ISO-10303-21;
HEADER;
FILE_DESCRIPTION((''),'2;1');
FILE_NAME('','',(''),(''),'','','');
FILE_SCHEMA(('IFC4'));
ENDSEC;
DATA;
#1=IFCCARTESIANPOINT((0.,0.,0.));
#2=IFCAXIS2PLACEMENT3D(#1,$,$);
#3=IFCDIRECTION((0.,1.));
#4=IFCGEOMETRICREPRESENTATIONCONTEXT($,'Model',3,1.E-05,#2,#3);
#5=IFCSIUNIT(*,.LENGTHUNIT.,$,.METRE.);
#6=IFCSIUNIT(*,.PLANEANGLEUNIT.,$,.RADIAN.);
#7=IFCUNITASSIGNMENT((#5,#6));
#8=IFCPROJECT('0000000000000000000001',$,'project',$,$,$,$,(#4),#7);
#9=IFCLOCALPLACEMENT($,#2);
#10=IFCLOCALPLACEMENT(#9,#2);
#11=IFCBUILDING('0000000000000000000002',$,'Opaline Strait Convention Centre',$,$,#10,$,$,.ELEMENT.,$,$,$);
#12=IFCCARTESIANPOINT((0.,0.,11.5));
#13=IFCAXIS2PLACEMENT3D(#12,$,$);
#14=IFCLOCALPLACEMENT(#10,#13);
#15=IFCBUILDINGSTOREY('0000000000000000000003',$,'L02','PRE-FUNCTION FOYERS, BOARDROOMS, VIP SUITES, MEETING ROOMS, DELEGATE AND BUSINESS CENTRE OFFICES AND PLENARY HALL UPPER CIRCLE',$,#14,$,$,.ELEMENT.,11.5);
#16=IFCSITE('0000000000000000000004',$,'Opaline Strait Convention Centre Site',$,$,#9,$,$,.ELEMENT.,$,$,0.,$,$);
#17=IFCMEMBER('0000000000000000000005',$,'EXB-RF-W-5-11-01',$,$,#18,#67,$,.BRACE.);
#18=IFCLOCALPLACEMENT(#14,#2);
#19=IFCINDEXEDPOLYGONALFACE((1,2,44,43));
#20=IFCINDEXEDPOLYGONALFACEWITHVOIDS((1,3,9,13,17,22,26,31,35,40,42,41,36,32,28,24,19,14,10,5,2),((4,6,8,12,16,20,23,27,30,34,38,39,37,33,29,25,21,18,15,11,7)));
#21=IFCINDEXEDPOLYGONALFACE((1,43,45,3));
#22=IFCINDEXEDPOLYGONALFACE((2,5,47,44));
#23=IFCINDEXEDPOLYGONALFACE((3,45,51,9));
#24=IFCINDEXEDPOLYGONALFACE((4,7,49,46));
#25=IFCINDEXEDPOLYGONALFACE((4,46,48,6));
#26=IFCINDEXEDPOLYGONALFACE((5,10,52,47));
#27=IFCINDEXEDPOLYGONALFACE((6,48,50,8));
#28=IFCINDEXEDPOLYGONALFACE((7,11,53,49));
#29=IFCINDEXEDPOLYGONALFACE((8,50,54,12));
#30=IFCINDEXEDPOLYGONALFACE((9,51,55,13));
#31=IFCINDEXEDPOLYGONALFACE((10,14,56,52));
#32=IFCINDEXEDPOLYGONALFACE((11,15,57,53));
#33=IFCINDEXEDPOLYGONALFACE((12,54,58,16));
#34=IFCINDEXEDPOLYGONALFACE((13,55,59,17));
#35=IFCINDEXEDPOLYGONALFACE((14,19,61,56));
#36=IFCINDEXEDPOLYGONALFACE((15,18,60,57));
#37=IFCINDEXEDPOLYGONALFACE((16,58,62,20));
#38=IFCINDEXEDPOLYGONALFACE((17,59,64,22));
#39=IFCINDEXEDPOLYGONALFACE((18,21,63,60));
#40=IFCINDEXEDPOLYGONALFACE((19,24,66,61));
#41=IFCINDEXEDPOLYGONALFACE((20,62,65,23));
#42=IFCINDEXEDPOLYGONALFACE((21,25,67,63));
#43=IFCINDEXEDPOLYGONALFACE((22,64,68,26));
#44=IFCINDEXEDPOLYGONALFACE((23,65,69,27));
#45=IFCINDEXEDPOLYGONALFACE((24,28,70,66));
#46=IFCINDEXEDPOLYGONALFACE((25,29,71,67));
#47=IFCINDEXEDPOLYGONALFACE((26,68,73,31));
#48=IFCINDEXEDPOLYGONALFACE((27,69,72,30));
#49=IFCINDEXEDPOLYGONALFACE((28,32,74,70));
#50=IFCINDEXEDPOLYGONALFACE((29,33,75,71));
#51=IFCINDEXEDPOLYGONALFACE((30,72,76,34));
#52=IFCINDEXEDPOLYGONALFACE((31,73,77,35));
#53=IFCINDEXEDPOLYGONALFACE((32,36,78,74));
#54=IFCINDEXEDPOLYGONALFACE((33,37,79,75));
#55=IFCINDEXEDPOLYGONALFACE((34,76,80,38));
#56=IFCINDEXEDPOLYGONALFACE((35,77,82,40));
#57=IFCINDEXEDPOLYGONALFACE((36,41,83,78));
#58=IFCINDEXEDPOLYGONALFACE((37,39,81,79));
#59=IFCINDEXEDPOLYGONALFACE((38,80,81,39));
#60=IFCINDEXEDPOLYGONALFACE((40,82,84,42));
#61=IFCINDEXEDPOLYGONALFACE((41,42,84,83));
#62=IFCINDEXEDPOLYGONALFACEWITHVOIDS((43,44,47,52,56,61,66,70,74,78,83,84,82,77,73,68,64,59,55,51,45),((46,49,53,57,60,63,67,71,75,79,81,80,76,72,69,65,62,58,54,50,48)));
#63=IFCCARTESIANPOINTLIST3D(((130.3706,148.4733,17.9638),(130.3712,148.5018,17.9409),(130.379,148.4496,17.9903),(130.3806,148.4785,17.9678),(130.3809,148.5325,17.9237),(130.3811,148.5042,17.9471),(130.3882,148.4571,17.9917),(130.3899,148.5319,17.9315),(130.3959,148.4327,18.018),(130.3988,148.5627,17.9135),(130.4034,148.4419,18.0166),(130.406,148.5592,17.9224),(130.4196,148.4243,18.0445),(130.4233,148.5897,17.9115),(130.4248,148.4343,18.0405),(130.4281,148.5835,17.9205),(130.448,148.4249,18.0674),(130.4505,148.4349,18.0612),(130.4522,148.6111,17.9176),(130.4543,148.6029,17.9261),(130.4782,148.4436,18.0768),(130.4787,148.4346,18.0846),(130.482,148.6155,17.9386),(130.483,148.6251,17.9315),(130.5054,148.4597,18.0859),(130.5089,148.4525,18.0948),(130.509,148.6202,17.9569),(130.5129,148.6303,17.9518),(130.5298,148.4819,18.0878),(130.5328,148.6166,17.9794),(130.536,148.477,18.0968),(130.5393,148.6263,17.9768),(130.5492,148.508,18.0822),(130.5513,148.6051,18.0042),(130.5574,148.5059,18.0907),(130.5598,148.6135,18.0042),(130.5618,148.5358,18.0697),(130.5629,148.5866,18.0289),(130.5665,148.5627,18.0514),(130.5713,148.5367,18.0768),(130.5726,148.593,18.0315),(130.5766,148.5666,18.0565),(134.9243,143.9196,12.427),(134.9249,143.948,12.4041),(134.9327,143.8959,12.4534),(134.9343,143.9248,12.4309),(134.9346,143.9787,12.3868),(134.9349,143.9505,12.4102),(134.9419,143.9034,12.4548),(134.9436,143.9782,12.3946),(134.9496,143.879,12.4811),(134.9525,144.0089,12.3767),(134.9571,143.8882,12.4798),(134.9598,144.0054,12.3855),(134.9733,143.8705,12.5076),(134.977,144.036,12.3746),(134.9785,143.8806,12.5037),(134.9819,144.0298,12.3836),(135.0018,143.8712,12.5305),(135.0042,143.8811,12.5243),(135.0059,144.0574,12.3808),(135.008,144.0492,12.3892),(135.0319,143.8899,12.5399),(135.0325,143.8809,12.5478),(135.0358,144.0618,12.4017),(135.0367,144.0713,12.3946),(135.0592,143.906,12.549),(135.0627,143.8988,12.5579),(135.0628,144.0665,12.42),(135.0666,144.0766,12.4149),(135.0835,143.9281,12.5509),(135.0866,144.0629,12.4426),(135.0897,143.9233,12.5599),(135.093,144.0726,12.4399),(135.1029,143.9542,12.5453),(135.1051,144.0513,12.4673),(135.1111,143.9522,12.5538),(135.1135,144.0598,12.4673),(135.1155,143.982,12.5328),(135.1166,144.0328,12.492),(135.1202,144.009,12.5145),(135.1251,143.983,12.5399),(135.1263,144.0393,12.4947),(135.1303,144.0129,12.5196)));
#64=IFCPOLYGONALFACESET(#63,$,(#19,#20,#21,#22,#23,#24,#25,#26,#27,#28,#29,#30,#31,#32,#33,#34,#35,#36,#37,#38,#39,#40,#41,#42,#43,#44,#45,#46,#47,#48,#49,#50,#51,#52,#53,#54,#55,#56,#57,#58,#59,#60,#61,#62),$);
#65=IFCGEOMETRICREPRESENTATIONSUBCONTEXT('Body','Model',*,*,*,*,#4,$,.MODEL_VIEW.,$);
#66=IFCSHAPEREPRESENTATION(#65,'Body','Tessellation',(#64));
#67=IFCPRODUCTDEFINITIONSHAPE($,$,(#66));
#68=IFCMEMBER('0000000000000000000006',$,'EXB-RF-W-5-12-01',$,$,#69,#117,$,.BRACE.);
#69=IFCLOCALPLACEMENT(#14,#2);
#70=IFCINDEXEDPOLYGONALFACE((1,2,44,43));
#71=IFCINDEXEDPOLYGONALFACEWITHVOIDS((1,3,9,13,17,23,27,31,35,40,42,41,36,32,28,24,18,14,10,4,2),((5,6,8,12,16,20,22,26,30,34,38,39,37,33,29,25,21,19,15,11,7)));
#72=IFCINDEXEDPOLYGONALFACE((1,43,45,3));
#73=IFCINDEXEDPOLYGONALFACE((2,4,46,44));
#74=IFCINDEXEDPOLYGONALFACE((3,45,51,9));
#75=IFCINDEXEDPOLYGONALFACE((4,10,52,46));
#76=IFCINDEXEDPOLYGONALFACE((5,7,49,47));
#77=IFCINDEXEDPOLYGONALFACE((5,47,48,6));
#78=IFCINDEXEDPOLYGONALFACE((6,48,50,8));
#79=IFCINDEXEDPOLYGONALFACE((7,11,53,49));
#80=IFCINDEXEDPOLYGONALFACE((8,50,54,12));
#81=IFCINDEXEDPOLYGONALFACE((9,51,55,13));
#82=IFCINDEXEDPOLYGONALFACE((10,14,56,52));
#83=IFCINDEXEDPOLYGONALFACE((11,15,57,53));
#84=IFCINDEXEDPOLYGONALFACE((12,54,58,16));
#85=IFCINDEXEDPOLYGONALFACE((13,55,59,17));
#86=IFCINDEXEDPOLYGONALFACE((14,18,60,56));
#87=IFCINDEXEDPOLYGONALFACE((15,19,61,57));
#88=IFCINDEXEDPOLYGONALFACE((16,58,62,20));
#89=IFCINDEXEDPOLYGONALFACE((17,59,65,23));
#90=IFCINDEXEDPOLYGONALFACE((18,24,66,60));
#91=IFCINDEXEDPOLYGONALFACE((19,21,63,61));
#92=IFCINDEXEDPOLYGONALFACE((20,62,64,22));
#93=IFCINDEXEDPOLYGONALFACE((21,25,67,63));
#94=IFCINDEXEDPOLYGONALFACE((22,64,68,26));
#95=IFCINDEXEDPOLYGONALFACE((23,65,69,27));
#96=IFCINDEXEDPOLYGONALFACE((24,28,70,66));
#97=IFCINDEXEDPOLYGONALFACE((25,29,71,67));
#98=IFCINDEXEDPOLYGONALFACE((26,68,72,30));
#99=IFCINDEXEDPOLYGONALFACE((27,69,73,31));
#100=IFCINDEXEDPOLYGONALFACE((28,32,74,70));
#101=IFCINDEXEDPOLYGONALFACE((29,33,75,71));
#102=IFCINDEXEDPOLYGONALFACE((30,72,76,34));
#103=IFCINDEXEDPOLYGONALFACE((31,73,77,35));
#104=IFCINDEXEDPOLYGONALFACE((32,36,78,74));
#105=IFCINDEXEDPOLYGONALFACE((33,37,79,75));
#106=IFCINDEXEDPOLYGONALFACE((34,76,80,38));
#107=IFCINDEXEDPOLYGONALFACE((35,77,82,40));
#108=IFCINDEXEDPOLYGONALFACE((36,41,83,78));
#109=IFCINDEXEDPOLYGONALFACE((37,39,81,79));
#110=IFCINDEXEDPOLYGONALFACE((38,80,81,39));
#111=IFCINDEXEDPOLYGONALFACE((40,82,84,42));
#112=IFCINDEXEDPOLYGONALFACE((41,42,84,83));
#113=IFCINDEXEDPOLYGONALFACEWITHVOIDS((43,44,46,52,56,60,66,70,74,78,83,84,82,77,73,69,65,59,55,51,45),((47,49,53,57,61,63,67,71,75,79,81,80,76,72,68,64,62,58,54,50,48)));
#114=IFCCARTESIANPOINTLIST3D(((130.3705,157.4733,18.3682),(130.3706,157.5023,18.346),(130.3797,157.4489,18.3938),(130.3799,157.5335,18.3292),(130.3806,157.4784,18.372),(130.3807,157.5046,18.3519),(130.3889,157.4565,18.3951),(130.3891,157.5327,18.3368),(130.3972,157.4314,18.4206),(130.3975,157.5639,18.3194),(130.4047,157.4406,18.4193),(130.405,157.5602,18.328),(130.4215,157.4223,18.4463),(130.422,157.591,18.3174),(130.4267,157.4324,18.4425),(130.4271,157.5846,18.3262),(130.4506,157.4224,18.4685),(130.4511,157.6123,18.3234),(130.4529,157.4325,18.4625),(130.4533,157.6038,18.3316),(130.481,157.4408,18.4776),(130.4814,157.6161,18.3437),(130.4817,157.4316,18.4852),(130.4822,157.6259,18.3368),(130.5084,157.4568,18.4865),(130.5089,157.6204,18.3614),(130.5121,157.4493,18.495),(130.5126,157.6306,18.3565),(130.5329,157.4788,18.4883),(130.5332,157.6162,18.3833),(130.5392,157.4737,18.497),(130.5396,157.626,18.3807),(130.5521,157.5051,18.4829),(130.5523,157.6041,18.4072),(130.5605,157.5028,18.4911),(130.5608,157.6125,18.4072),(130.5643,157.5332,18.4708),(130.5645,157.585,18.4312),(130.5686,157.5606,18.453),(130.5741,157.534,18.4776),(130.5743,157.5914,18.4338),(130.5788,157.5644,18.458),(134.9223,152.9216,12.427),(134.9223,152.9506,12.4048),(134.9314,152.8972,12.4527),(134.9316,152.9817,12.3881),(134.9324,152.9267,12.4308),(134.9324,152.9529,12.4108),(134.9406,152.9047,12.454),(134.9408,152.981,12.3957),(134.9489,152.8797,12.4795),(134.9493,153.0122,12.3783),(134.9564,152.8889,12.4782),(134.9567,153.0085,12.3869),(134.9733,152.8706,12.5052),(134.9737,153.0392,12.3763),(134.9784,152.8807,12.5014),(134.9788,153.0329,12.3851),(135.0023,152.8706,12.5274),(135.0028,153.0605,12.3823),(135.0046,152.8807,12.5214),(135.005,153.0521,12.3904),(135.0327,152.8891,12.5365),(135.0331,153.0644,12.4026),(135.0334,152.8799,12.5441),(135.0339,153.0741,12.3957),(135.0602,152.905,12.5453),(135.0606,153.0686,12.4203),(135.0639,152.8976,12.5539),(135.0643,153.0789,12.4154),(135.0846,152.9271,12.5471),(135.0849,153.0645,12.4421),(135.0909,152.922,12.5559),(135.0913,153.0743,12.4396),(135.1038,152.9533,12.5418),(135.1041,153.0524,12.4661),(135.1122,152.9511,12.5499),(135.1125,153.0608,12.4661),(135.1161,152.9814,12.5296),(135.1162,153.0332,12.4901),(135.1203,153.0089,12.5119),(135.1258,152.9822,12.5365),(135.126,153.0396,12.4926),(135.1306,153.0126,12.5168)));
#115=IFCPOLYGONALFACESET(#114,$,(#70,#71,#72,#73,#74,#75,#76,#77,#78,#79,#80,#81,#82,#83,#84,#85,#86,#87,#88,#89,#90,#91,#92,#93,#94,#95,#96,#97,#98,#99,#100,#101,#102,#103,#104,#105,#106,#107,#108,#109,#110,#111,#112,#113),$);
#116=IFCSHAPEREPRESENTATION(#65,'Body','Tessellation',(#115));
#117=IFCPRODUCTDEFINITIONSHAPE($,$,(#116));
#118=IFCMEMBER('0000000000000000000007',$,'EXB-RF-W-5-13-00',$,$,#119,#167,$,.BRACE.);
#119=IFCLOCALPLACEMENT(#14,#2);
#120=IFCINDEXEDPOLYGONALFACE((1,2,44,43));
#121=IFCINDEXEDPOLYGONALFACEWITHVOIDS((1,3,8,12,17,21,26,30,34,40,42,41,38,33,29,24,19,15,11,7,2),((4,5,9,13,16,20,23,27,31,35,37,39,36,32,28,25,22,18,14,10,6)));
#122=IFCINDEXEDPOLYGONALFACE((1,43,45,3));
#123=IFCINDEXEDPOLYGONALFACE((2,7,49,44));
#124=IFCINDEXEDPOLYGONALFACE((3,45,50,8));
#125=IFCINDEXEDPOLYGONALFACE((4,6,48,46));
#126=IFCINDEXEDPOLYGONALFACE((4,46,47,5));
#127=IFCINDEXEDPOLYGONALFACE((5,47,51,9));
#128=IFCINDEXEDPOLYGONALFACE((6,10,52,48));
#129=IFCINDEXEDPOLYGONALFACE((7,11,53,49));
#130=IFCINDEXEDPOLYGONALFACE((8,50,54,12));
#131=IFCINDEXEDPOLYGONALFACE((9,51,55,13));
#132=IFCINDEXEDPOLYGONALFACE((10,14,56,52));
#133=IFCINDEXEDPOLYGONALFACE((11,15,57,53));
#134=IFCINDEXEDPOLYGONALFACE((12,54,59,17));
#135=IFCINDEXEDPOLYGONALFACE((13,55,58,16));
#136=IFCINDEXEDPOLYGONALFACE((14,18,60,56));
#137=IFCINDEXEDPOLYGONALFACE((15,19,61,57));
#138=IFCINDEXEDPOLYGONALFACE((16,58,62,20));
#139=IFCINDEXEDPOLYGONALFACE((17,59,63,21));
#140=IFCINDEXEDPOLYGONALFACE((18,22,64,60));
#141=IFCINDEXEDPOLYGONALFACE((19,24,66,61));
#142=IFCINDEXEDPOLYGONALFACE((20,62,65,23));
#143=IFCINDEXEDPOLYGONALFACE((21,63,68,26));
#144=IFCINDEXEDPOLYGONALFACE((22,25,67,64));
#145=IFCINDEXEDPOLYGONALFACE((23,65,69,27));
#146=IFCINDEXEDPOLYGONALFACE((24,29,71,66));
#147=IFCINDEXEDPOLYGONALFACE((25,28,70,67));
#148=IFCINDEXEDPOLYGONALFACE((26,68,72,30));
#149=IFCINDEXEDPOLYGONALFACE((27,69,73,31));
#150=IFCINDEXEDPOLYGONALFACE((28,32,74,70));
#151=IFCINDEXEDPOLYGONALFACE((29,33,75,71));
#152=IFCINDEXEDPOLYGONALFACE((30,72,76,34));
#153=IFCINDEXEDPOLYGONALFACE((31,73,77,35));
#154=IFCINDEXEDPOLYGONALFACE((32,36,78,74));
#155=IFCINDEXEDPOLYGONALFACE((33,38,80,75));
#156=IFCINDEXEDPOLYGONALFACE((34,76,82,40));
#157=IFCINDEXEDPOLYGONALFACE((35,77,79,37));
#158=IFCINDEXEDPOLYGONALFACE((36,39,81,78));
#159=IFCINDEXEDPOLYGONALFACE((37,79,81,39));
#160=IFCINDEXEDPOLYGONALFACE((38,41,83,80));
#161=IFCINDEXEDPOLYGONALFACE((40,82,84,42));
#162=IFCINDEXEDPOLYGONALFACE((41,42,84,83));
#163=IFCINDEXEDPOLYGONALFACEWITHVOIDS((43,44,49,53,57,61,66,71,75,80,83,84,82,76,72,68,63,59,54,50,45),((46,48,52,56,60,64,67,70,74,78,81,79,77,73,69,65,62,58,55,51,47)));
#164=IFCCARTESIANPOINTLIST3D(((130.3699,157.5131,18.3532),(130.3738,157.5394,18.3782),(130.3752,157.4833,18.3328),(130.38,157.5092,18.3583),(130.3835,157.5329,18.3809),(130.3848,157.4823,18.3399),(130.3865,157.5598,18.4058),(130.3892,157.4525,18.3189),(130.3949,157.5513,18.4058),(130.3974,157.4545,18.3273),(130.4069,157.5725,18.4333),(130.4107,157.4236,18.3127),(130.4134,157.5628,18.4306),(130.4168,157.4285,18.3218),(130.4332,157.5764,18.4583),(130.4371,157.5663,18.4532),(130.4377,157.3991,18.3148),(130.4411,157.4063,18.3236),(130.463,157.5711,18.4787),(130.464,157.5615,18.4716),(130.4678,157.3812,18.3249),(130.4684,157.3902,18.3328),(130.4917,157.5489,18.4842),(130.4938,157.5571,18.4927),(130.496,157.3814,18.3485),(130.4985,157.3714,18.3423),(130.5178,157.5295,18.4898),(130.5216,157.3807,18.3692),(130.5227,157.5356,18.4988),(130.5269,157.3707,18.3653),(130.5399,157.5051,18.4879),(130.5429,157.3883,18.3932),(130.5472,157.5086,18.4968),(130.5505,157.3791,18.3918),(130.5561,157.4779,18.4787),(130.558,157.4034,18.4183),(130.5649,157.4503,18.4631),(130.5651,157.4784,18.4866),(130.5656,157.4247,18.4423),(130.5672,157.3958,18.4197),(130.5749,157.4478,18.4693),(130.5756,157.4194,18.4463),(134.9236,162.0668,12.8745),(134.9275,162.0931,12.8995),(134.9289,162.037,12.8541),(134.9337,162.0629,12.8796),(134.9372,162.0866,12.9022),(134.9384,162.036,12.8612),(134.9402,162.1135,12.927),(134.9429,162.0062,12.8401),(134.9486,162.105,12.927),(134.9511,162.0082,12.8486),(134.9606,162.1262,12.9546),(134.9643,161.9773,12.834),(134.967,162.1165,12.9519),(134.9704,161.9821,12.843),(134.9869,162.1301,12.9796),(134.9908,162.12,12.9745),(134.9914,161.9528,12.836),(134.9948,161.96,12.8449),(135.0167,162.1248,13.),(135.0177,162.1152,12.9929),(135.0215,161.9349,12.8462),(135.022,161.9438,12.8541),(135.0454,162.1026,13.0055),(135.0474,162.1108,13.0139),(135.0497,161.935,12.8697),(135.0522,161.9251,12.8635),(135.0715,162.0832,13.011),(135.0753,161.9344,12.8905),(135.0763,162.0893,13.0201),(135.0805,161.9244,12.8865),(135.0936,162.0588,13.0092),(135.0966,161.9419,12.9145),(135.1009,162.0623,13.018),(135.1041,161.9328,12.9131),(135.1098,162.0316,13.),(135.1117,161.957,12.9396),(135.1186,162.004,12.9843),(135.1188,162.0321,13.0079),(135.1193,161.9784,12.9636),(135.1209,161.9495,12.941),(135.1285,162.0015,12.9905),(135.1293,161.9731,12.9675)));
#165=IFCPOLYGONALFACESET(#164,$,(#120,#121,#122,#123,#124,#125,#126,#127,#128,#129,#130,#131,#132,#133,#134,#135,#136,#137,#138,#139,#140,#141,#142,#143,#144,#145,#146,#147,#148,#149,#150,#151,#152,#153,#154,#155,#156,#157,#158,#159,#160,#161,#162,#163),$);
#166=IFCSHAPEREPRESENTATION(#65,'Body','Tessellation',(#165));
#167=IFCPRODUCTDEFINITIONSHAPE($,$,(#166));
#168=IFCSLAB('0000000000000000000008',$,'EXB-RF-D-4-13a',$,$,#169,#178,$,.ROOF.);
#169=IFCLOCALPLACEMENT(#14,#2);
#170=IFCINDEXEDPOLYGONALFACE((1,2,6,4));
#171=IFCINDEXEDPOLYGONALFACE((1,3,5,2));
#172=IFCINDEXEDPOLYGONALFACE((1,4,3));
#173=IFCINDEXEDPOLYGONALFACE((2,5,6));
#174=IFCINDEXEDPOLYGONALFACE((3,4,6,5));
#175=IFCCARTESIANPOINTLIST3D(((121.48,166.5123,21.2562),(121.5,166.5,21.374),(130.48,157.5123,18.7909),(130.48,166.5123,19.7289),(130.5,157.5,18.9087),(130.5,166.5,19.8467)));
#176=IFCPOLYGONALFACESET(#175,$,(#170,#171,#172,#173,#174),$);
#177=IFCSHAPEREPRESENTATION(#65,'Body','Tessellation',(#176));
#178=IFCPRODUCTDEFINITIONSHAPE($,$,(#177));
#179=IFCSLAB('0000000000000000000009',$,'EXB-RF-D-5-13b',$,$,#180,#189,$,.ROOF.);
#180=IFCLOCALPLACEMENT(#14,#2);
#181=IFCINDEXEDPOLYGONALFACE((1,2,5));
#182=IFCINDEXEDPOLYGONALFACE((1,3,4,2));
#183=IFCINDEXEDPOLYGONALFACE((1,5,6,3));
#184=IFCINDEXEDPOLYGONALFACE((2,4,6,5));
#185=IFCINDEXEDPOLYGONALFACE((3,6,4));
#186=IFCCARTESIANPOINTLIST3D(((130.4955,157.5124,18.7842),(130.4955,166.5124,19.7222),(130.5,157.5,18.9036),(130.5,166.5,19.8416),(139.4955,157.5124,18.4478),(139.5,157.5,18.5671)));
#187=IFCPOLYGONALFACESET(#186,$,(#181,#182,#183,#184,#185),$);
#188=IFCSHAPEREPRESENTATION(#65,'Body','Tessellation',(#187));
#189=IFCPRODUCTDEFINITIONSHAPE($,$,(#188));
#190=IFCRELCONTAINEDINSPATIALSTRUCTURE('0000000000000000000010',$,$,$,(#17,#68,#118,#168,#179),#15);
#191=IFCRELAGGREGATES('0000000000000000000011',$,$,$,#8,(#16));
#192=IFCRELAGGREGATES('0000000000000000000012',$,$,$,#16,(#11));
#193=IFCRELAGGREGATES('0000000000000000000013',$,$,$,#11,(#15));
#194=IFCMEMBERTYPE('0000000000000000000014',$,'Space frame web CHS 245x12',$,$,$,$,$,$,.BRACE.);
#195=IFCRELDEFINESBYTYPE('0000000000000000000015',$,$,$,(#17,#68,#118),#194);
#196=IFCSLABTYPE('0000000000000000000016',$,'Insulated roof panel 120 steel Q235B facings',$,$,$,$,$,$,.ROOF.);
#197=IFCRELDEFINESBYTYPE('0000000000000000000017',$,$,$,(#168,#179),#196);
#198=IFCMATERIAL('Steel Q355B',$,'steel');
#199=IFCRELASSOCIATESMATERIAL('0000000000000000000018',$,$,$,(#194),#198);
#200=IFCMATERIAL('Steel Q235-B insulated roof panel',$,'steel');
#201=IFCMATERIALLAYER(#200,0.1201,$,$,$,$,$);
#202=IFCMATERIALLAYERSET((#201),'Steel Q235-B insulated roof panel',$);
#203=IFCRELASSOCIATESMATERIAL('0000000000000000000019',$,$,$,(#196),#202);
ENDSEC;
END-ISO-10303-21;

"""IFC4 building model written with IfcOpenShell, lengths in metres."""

from ifc_helpers import new_model, si_unit, direction, frame, origin, origin_2d, place, context, subcontext, project, spatial, polyline, hollow_circle, outline, extrude, material, layer, layer_set, material_profile, profile_set, type_object, element, save


model = new_model("IFC4")

# Units and contexts
model_context = context("Model", 3, precision=1e-05, world=origin(), true_north=direction((0.0, 1.0)))
body_context = subcontext(model_context, "Body", "Model", "MODEL_VIEW")
ifc_project = project(units=[si_unit("LENGTHUNIT", "METRE"), si_unit("PLANEANGLEUNIT", "RADIAN")], contexts=[model_context])

# Site, building, storey
site_placement = place(None, origin())
site = spatial("IfcSite", under=ifc_project, at=site_placement, Name="Opaline Strait Convention Centre Site", CompositionType="ELEMENT", RefElevation=0.0)
building_placement = place(site_placement, origin())
building = spatial("IfcBuilding", under=site, at=building_placement, Name="Opaline Strait Convention Centre", CompositionType="ELEMENT")
storey_placement = place(building_placement, frame((0.0, 0.0, 11.5)))
storey = spatial("IfcBuildingStorey", under=building, at=storey_placement, Name="L02", Description="PRE-FUNCTION FOYERS, BOARDROOMS, VIP SUITES, MEETING ROOMS, DELEGATE AND BUSINESS CENTRE OFFICES AND PLENARY HALL UPPER CIRCLE", CompositionType="ELEMENT", Elevation=11.5)

# Members
ifc_material_1 = material(Name="Steel Q355B", Category="steel")
ifc_material_profile_1 = material_profile(ifc_material_1, hollow_circle(Radius=0.1226, WallThickness=0.012, at=origin_2d()), Name="CHS 245x12")
ifc_profile_set_1 = profile_set([ifc_material_profile_1], Name="Steel Q355B")
member_type_1 = type_object("IfcMemberType", Name="Space frame web CHS 245x12", PredefinedType="BRACE", material=ifc_profile_set_1)
member_1_placement = place(storey_placement, frame((130.4731, 148.5269, 18.0042), z_axis=(0.536178, -0.536178, -0.65194), x_axis=(0.707107, 0.707107, 0.0)))
element("IfcMember", 1, at=member_1_placement, inside=storey, type_object=member_type_1, Name="EXB-RF-W-5-11-01", PredefinedType="BRACE", context=body_context, shape_type="SweptSolid", body=[
    extrude(hollow_circle(Radius=0.1226, WallThickness=0.012, at=origin_2d()), origin(), (0.0, 0.0, 1.0), 8.4929),
])
member_2_placement = place(storey_placement, frame((130.4741, 157.5259, 18.4072), z_axis=(0.519618, -0.519618, -0.678229), x_axis=(0.707107, 0.707107, 0.0)))
element("IfcMember", 2, at=member_2_placement, inside=storey, type_object=member_type_1, Name="EXB-RF-W-5-12-01", PredefinedType="BRACE", context=body_context, shape_type="SweptSolid", body=[
    extrude(hollow_circle(Radius=0.1226, WallThickness=0.012, at=origin_2d()), origin(), (0.0, 0.0, 1.0), 8.7598),
])
member_3_placement = place(storey_placement, frame((130.4731, 157.4731, 18.4058), z_axis=(0.538573, 0.538573, -0.64798), x_axis=(-0.707107, 0.707107, 0.0)))
element("IfcMember", 3, at=member_3_placement, inside=storey, type_object=member_type_1, Name="EXB-RF-W-5-13-00", PredefinedType="BRACE", context=body_context, shape_type="SweptSolid", body=[
    extrude(hollow_circle(Radius=0.1226, WallThickness=0.012, at=origin_2d()), origin(), (0.0, 0.0, 1.0), 8.4551),
])

# Slabs
ifc_material_2 = material(Name="Steel Q235-B insulated roof panel", Category="steel")
ifc_layer_1 = layer(ifc_material_2, 0.1201)
ifc_layer_set_1 = layer_set([ifc_layer_1], Name="Steel Q235-B insulated roof panel")
slab_type = type_object("IfcSlabType", Name="Insulated roof panel 120 steel Q235B facings", PredefinedType="ROOF", material=ifc_layer_set_1)
slab_1_placement = place(storey_placement, frame((130.5, 157.5, 18.9087), z_axis=(0.166436, -0.102214, 0.98074), x_axis=(0.0, 0.994613, 0.103659)))
element("IfcSlab", 4, at=slab_1_placement, inside=storey, type_object=slab_type, Name="EXB-RF-D-4-13a", PredefinedType="ROOF", context=body_context, shape_type="SweptSolid", body=[
    extrude(outline(polyline([(0.0, 0.0), (9.0487, 0.0), (9.2071, 9.1273), (0.0, 0.0)])), origin(), (0.0, 0.0, -1.0), 0.1201),
])
slab_2_placement = place(storey_placement, frame((130.5, 157.5, 18.9036), z_axis=(0.037154, -0.103588, 0.993926), x_axis=(0.999302, 0.0, -0.037355)))
element("IfcSlab", 5, at=slab_2_placement, inside=storey, type_object=slab_type, Name="EXB-RF-D-5-13b", PredefinedType="ROOF", context=body_context, shape_type="SweptSolid", body=[
    extrude(outline(polyline([(0.0, 0.0), (9.0063, 0.0), (-0.035, 9.0487), (0.0, 0.0)])), origin(), (0.0, 0.0, -1.0), 0.1201),
])

save(model, "model.ifc")
